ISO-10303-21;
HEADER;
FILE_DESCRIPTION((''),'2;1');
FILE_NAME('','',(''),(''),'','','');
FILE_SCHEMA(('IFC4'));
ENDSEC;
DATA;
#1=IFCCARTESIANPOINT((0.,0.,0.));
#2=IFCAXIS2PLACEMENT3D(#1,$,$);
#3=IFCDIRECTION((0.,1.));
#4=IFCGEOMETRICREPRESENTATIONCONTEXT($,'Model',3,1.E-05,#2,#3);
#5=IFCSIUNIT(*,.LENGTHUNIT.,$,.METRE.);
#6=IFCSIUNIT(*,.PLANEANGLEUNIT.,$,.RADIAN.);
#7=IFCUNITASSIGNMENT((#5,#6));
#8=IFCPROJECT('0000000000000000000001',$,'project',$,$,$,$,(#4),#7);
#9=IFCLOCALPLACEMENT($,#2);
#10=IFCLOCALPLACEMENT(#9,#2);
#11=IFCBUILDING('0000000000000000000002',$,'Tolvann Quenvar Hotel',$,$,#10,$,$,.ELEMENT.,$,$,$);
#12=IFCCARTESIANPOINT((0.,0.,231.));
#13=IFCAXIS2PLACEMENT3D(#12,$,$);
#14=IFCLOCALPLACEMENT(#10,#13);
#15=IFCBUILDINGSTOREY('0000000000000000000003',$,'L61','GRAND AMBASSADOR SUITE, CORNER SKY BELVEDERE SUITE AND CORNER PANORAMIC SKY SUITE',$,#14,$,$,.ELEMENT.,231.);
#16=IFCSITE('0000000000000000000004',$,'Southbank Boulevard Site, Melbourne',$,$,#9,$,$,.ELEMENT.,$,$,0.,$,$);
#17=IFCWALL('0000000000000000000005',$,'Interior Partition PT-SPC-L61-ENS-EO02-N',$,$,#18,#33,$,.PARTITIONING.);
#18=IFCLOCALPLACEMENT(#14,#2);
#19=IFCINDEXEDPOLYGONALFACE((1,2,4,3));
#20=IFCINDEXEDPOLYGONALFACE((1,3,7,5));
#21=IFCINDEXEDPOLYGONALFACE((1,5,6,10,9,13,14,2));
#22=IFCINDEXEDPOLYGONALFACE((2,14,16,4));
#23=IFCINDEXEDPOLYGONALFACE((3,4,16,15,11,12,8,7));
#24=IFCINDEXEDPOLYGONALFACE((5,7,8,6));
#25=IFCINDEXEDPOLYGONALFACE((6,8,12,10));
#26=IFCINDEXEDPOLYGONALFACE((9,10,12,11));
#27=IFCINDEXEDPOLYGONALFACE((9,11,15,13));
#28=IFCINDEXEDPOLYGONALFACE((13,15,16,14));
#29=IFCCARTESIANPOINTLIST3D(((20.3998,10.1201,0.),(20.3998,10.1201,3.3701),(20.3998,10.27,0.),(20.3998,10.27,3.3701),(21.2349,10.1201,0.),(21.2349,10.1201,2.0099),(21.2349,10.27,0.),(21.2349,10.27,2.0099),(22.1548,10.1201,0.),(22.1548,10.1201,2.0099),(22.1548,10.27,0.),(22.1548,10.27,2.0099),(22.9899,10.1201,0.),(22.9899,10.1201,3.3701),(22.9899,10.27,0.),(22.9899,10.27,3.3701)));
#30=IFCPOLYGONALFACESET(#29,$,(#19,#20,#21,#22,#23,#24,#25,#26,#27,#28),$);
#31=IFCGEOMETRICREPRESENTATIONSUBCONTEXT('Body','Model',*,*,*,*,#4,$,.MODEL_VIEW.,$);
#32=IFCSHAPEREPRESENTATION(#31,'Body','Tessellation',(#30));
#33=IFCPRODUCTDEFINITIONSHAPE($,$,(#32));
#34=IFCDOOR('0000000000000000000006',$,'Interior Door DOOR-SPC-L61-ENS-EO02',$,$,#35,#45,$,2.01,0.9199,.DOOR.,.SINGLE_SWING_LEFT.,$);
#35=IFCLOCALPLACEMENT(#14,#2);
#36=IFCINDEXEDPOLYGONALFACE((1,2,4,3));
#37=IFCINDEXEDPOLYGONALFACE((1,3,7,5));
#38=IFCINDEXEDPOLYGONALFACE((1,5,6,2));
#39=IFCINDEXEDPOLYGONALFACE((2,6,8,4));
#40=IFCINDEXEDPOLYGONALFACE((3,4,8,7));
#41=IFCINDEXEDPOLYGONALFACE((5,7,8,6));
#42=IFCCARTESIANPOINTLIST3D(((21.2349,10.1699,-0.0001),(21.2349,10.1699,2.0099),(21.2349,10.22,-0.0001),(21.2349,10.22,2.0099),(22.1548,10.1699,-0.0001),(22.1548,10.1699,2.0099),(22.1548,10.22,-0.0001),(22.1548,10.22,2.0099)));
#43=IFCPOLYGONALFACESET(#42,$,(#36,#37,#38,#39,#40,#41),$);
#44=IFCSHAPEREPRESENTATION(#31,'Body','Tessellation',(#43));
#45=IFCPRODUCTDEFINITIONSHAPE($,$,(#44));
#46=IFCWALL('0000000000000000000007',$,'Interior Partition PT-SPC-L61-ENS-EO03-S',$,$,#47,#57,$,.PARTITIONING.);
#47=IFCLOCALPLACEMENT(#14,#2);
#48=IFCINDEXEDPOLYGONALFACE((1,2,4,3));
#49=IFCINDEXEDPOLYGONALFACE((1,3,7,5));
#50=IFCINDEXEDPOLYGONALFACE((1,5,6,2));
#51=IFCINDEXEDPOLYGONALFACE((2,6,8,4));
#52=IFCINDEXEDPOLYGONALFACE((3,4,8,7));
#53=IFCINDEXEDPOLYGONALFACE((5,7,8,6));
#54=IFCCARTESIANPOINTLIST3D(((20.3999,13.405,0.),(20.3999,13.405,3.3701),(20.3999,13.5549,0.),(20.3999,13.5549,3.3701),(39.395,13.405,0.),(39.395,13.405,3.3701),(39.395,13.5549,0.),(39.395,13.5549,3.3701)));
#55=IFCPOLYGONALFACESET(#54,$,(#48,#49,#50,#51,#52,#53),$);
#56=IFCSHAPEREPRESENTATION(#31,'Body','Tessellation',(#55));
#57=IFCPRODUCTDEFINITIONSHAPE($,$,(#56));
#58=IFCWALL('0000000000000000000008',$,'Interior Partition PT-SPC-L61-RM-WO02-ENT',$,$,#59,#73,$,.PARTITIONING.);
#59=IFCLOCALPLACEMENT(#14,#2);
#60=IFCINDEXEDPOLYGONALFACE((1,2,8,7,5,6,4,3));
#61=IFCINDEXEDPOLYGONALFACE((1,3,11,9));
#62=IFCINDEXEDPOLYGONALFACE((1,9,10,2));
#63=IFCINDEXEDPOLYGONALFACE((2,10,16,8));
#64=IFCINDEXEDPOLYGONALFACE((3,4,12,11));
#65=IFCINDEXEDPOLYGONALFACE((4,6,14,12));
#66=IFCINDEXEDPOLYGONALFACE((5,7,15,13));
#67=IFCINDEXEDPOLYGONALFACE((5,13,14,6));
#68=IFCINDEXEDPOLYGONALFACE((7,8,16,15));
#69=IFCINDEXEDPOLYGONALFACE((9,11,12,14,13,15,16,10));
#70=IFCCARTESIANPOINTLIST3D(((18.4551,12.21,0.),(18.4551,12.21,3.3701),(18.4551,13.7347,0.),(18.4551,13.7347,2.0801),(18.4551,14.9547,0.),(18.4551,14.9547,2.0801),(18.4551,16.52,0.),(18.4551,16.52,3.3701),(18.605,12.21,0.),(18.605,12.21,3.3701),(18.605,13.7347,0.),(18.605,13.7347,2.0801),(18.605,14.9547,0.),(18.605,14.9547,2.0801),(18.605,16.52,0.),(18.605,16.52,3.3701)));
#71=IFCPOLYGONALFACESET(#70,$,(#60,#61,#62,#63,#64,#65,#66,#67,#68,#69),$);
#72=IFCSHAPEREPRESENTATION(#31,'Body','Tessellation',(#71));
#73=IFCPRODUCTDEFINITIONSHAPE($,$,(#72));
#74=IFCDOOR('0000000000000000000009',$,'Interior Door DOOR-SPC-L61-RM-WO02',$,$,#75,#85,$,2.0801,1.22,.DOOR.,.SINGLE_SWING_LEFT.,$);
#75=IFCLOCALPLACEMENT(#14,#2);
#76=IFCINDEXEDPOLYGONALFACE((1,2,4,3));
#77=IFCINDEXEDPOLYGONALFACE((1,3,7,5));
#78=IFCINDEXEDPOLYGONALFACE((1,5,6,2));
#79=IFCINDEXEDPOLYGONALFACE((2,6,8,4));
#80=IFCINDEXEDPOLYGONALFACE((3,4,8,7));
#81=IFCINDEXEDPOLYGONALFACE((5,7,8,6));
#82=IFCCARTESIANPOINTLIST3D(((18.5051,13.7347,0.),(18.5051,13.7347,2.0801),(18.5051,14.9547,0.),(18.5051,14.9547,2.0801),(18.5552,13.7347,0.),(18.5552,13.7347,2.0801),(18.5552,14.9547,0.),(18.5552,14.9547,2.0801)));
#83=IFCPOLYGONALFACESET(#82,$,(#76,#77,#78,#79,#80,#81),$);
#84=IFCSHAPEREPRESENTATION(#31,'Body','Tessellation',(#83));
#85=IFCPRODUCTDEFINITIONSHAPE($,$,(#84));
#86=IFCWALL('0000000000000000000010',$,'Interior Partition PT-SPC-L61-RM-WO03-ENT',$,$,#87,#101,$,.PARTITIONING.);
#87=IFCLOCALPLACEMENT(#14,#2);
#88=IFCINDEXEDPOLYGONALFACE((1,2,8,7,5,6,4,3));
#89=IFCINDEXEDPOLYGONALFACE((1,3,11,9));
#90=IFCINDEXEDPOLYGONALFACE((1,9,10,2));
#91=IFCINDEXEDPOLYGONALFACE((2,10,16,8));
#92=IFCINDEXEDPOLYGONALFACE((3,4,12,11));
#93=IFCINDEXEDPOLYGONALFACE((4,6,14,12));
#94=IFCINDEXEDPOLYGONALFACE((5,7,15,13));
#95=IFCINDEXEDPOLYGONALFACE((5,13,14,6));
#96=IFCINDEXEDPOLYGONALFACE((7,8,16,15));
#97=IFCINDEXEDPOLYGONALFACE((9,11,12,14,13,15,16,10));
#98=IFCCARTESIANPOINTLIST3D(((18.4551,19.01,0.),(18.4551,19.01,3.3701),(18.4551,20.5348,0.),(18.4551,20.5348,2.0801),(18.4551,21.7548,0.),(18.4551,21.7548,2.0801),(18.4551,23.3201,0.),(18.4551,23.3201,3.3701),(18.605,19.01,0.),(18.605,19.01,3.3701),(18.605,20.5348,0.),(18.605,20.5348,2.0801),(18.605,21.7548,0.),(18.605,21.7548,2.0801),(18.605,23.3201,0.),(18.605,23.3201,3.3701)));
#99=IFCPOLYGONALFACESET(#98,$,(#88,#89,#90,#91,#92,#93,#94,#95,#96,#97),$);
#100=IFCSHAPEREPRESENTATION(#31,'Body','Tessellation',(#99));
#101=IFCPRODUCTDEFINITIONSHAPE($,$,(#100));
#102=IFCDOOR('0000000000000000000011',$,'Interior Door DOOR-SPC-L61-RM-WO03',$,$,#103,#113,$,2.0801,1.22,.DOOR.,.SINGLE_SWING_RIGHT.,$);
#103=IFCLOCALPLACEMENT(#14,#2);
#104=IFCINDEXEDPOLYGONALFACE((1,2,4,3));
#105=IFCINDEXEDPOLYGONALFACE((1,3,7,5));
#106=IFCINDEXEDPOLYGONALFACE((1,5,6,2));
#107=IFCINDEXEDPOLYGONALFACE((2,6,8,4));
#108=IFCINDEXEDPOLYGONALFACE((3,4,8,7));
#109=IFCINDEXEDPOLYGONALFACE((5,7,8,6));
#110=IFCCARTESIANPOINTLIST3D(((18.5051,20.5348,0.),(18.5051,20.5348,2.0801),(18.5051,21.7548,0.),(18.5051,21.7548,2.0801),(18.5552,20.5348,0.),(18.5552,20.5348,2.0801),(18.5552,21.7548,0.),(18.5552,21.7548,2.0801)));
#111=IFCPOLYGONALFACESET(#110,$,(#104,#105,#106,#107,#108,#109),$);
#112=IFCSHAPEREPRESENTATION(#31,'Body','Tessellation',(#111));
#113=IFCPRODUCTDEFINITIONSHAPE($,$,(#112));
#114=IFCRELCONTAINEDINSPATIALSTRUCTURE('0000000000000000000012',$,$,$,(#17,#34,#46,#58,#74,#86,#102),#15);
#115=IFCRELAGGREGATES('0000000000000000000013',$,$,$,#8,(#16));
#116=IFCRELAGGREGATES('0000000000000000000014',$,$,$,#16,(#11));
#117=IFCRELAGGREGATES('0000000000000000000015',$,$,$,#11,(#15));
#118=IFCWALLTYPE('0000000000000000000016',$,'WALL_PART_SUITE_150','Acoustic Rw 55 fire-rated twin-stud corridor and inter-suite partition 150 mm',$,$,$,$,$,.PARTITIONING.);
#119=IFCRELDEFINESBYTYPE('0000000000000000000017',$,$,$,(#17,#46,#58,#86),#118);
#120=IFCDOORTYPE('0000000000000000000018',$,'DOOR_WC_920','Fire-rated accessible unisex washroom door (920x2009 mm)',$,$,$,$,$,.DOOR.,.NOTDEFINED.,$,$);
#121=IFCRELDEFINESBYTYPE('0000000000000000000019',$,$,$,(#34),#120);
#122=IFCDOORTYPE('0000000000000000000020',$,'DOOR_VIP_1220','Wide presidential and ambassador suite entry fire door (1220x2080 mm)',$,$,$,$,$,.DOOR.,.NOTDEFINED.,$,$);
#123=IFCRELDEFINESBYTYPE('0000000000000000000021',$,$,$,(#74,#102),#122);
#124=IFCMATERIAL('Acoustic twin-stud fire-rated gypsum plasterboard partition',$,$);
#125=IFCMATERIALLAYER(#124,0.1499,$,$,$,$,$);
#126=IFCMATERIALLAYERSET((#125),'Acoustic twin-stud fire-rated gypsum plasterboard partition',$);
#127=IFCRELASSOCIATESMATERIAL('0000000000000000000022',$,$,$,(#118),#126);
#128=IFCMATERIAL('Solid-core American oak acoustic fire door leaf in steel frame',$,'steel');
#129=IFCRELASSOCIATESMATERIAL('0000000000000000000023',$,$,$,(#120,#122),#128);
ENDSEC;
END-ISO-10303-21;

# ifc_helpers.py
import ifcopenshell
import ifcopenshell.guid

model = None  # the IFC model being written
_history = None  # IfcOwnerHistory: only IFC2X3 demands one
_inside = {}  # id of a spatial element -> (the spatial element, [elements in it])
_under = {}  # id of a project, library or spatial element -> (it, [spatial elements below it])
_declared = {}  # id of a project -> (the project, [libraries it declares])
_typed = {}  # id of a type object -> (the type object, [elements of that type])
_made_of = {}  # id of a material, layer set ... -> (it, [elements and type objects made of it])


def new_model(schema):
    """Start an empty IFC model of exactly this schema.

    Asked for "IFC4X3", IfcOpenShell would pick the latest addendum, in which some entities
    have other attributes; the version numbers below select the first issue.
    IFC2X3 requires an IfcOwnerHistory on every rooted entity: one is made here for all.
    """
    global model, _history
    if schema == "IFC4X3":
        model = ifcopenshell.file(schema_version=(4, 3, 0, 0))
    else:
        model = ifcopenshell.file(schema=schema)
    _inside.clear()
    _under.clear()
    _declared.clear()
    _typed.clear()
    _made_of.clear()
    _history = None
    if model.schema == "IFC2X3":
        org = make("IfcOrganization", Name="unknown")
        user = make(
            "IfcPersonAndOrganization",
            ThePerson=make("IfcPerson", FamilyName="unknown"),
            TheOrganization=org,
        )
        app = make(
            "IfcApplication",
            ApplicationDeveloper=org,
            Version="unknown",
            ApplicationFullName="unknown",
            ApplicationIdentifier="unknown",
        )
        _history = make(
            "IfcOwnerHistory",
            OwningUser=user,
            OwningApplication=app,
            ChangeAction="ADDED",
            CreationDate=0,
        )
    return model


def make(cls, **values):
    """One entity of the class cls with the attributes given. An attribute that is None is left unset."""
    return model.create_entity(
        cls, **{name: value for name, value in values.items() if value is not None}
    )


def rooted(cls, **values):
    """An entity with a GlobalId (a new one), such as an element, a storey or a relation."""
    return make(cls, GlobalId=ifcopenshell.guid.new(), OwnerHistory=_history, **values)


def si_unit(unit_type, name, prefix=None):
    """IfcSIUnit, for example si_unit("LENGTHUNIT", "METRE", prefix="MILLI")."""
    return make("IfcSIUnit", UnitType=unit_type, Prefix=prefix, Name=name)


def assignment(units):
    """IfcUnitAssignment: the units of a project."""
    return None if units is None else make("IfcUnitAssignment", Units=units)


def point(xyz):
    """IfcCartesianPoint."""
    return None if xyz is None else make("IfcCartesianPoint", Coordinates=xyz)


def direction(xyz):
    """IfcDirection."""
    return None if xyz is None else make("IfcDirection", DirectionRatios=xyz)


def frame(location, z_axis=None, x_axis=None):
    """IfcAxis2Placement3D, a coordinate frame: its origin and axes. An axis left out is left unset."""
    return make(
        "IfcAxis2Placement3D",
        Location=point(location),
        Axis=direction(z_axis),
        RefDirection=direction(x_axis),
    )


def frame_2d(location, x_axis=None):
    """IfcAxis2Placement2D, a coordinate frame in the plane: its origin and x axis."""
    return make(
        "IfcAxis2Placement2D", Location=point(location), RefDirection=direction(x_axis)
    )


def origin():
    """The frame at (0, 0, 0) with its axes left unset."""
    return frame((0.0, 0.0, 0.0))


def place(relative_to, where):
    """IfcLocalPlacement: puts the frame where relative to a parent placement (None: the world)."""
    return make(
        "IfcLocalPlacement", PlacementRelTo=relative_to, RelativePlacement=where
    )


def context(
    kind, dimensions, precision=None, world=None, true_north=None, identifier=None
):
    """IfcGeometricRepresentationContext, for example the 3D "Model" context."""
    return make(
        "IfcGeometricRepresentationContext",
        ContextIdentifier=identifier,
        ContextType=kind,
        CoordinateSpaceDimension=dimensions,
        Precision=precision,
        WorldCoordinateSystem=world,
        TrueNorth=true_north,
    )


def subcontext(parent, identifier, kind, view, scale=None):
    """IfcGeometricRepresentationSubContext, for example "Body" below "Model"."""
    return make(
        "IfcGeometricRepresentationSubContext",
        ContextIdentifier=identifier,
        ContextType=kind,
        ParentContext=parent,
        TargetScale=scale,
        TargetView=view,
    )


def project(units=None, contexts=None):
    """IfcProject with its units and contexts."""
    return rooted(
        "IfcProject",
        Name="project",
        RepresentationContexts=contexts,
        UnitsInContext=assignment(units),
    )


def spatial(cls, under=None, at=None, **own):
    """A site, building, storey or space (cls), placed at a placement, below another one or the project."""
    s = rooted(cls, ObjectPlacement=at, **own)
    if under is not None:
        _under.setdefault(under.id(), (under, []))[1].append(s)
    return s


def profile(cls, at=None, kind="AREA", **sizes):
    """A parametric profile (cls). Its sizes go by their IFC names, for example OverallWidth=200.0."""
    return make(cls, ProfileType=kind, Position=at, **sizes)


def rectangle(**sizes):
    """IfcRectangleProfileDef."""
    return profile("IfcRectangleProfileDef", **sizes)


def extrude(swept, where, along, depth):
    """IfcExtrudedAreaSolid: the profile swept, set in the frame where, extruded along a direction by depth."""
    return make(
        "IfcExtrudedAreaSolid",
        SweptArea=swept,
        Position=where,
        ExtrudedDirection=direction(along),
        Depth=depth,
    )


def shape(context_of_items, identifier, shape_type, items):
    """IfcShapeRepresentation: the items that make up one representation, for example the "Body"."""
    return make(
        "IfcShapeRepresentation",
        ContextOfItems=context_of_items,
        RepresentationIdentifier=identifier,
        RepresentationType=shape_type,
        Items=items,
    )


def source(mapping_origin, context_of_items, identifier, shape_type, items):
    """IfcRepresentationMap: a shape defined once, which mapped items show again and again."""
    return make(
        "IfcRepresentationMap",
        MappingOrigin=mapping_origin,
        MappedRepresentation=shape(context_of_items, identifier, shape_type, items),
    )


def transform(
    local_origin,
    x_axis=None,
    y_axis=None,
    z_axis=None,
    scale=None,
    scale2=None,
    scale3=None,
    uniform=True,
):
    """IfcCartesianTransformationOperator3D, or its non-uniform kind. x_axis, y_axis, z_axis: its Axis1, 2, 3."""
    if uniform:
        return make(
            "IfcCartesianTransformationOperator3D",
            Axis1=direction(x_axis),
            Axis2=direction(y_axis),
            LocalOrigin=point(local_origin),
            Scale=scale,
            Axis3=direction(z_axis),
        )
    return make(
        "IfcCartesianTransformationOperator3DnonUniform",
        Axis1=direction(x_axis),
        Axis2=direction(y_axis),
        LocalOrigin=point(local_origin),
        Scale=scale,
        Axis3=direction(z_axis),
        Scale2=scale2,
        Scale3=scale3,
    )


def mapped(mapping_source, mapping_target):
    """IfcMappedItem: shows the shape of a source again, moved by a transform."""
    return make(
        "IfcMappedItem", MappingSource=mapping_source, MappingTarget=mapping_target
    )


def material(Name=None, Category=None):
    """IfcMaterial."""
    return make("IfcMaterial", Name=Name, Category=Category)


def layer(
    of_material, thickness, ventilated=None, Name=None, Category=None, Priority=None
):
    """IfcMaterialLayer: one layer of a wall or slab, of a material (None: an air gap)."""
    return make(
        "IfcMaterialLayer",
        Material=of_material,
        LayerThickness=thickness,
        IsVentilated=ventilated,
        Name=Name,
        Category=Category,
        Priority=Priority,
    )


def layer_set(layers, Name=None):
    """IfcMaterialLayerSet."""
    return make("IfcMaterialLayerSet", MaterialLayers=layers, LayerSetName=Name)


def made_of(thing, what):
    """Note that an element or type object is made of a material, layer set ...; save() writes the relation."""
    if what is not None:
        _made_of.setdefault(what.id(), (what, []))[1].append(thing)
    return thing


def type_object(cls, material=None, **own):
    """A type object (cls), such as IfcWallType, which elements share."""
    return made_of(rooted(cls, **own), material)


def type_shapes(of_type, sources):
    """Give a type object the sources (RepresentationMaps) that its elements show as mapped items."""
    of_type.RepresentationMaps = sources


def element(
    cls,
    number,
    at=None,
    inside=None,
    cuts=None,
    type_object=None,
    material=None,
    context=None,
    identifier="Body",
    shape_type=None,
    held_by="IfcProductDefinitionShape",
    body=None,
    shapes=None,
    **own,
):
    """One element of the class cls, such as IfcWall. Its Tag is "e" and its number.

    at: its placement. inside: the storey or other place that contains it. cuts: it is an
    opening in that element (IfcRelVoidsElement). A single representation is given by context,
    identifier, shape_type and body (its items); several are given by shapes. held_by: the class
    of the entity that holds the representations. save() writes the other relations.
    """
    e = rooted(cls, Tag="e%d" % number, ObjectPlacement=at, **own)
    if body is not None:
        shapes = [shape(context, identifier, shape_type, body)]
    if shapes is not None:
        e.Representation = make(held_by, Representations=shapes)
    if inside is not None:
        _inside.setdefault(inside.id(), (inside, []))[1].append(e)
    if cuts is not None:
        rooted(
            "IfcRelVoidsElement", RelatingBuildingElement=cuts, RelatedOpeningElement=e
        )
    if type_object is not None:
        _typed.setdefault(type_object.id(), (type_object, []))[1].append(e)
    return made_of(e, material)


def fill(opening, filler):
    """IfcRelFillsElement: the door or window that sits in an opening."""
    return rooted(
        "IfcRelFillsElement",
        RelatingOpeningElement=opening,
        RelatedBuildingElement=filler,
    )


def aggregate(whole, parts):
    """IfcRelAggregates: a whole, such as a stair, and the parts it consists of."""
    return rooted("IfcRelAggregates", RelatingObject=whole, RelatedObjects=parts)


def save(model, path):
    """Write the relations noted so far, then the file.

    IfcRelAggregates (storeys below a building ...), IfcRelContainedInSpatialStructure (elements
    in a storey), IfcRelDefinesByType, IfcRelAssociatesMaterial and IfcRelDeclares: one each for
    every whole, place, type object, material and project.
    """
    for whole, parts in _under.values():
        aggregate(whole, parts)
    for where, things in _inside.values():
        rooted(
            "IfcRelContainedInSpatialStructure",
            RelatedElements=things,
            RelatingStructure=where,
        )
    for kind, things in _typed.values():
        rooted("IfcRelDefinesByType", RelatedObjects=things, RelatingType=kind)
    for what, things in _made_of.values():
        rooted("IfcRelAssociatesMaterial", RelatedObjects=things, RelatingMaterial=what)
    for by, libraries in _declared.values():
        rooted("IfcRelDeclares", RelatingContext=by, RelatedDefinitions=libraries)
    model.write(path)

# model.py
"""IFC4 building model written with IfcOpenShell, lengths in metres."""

from ifc_helpers import new_model, si_unit, direction, frame, frame_2d, origin, place, context, subcontext, project, spatial, rectangle, extrude, source, transform, mapped, material, layer, layer_set, type_object, type_shapes, element, fill, save


model = new_model("IFC4")

# Units and contexts
model_context = context("Model", 3, precision=1e-05, world=origin(), true_north=direction((0.0, 1.0)))
body_context = subcontext(model_context, "Body", "Model", "MODEL_VIEW")
ifc_project = project(units=[si_unit("LENGTHUNIT", "METRE"), si_unit("PLANEANGLEUNIT", "RADIAN")], contexts=[model_context])

# Site, building, storey
site_placement = place(None, origin())
site = spatial("IfcSite", under=ifc_project, at=site_placement, Name="Southbank Boulevard Site, Melbourne", CompositionType="ELEMENT", RefElevation=0.0)
building_placement = place(site_placement, origin())
building = spatial("IfcBuilding", under=site, at=building_placement, Name="Tolvann Quenvar Hotel", CompositionType="ELEMENT")
storey_placement = place(building_placement, frame((0.0, 0.0, 231.0)))
storey = spatial("IfcBuildingStorey", under=building, at=storey_placement, Name="L61", Description="GRAND AMBASSADOR SUITE, CORNER SKY BELVEDERE SUITE AND CORNER PANORAMIC SKY SUITE", CompositionType="ELEMENT", Elevation=231.0)

# Shared definitions
ifc_material_1 = material(Name="Acoustic twin-stud fire-rated gypsum plasterboard partition")
ifc_layer_1 = layer(ifc_material_1, 0.1499)
ifc_layer_set_1 = layer_set([ifc_layer_1], Name="Acoustic twin-stud fire-rated gypsum plasterboard partition")
wall_type_1 = type_object("IfcWallType", Name="WALL_PART_SUITE_150", Description="Acoustic Rw 55 fire-rated twin-stud corridor and inter-suite partition 150 mm", PredefinedType="PARTITIONING", material=ifc_layer_set_1)
ifc_material_2 = material(Name="Solid-core American oak acoustic fire door leaf in steel frame", Category="steel")
door_type_1 = type_object("IfcDoorType", Name="DOOR_WC_920", Description="Fire-rated accessible unisex washroom door (920x2009 mm)", OperationType="NOTDEFINED", PredefinedType="DOOR", material=ifc_material_2)
shared_shape_1 = source(origin(), body_context, "Body", "SweptSolid", [
    extrude(rectangle(XDim=0.9199, YDim=2.01, at=frame_2d((0.46, 1.0049))), frame((0.0, 0.0249, 0.0), z_axis=(0.0, -1.0, 0.0), x_axis=(1.0, 0.0, 0.0)), (0.0, 0.0, 1.0), 0.05),
])
type_shapes(door_type_1, [shared_shape_1])

# Wall, opening, door
wall_1_placement = place(storey_placement, frame((20.3999, 10.1951, 0.0), z_axis=(0.0, 0.0, 1.0), x_axis=(1.0, 0.0, 0.0)))
wall_1 = element("IfcWall", 1, at=wall_1_placement, inside=storey, type_object=wall_type_1, Name="Interior Partition PT-SPC-L61-ENS-EO02-N", PredefinedType="PARTITIONING", context=body_context, shape_type="SweptSolid", body=[
    extrude(rectangle(XDim=2.5901, YDim=0.1499, at=frame_2d((1.2949, 0.0))), origin(), (0.0, 0.0, 1.0), 3.3701),
])
opening_1_placement = place(wall_1_placement, frame((0.835, 0.0, 0.0)))
opening_1 = element("IfcOpeningElement", 2, at=opening_1_placement, cuts=wall_1, PredefinedType="OPENING", context=body_context, shape_type="SweptSolid", body=[
    extrude(rectangle(XDim=0.9199, YDim=2.01, at=frame_2d((0.46, 1.0049))), frame((0.0, 0.085, 0.0), z_axis=(0.0, -1.0, 0.0), x_axis=(1.0, 0.0, 0.0)), (0.0, 0.0, 1.0), 0.1699),
])
door_1_placement = place(opening_1_placement, origin())
door_1 = element("IfcDoor", 3, at=door_1_placement, inside=storey, type_object=door_type_1, Name="Interior Door DOOR-SPC-L61-ENS-EO02", OperationType="SINGLE_SWING_LEFT", OverallHeight=2.01, OverallWidth=0.9199, PredefinedType="DOOR", context=body_context, shape_type="MappedRepresentation", body=[
    mapped(shared_shape_1, transform((0.0, 0.0, 0.0), x_axis=(1.0, 0.0, 0.0), y_axis=(0.0, 1.0, 0.0), z_axis=(0.0, 0.0, 1.0), scale=1.0)),
])
fill(opening_1, door_1)

# Wall
wall_2_placement = place(storey_placement, frame((20.3999, 13.48, 0.0), z_axis=(0.0, 0.0, 1.0), x_axis=(1.0, 0.0, 0.0)))
element("IfcWall", 4, at=wall_2_placement, inside=storey, type_object=wall_type_1, Name="Interior Partition PT-SPC-L61-ENS-EO03-S", PredefinedType="PARTITIONING", context=body_context, shape_type="SweptSolid", body=[
    extrude(rectangle(XDim=18.9951, YDim=0.1499, at=frame_2d((9.4976, 0.0))), origin(), (0.0, 0.0, 1.0), 3.3701),
])

# Walls, openings, doors
wall_3_placement = place(storey_placement, frame((18.53, 12.21, 0.0), z_axis=(0.0, 0.0, 1.0), x_axis=(0.0, 1.0, 0.0)))
wall_3 = element("IfcWall", 5, at=wall_3_placement, inside=storey, type_object=wall_type_1, Name="Interior Partition PT-SPC-L61-RM-WO02-ENT", PredefinedType="PARTITIONING", context=body_context, shape_type="SweptSolid", body=[
    extrude(rectangle(XDim=4.3101, YDim=0.1499, at=frame_2d((2.155, 0.0))), origin(), (0.0, 0.0, 1.0), 3.3701),
])
opening_2_placement = place(wall_3_placement, frame((1.5249, 0.0, 0.0)))
opening_2 = element("IfcOpeningElement", 6, at=opening_2_placement, cuts=wall_3, PredefinedType="OPENING", context=body_context, shape_type="SweptSolid", body=[
    extrude(rectangle(XDim=1.22, YDim=2.0801, at=frame_2d((0.6099, 1.04))), frame((0.0, 0.085, 0.0), z_axis=(0.0, -1.0, 0.0), x_axis=(1.0, 0.0, 0.0)), (0.0, 0.0, 1.0), 0.1699),
])
door_type_2 = type_object("IfcDoorType", Name="DOOR_VIP_1220", Description="Wide presidential and ambassador suite entry fire door (1220x2080 mm)", OperationType="NOTDEFINED", PredefinedType="DOOR", material=ifc_material_2)
shared_shape_2 = source(origin(), body_context, "Body", "SweptSolid", [
    extrude(rectangle(XDim=1.22, YDim=2.0801, at=frame_2d((0.6099, 1.04))), frame((0.0, 0.0249, 0.0), z_axis=(0.0, -1.0, 0.0), x_axis=(1.0, 0.0, 0.0)), (0.0, 0.0, 1.0), 0.05),
])
type_shapes(door_type_2, [shared_shape_2])
door_2_placement = place(opening_2_placement, origin())
door_2 = element("IfcDoor", 7, at=door_2_placement, inside=storey, type_object=door_type_2, Name="Interior Door DOOR-SPC-L61-RM-WO02", OperationType="SINGLE_SWING_LEFT", OverallHeight=2.0801, OverallWidth=1.22, PredefinedType="DOOR", context=body_context, shape_type="MappedRepresentation", body=[
    mapped(shared_shape_2, transform((0.0, 0.0, 0.0), x_axis=(1.0, 0.0, 0.0), y_axis=(0.0, 1.0, 0.0), z_axis=(0.0, 0.0, 1.0), scale=1.0)),
])
fill(opening_2, door_2)
wall_4_placement = place(storey_placement, frame((18.53, 19.01, 0.0), z_axis=(0.0, 0.0, 1.0), x_axis=(0.0, 1.0, 0.0)))
wall_4 = element("IfcWall", 8, at=wall_4_placement, inside=storey, type_object=wall_type_1, Name="Interior Partition PT-SPC-L61-RM-WO03-ENT", PredefinedType="PARTITIONING", context=body_context, shape_type="SweptSolid", body=[
    extrude(rectangle(XDim=4.3101, YDim=0.1499, at=frame_2d((2.155, 0.0))), origin(), (0.0, 0.0, 1.0), 3.3701),
])
opening_3_placement = place(wall_4_placement, frame((1.5249, 0.0, 0.0)))
opening_3 = element("IfcOpeningElement", 9, at=opening_3_placement, cuts=wall_4, PredefinedType="OPENING", context=body_context, shape_type="SweptSolid", body=[
    extrude(rectangle(XDim=1.22, YDim=2.0801, at=frame_2d((0.6099, 1.04))), frame((0.0, 0.085, 0.0), z_axis=(0.0, -1.0, 0.0), x_axis=(1.0, 0.0, 0.0)), (0.0, 0.0, 1.0), 0.1699),
])
door_3_placement = place(opening_3_placement, origin())
door_3 = element("IfcDoor", 10, at=door_3_placement, inside=storey, type_object=door_type_2, Name="Interior Door DOOR-SPC-L61-RM-WO03", OperationType="SINGLE_SWING_RIGHT", OverallHeight=2.0801, OverallWidth=1.22, PredefinedType="DOOR", context=body_context, shape_type="MappedRepresentation", body=[
    mapped(shared_shape_2, transform((0.0, 0.0, 0.0), x_axis=(1.0, 0.0, 0.0), y_axis=(0.0, 1.0, 0.0), z_axis=(0.0, 0.0, 1.0), scale=1.0)),
])
fill(opening_3, door_3)

save(model, "model.ifc")
